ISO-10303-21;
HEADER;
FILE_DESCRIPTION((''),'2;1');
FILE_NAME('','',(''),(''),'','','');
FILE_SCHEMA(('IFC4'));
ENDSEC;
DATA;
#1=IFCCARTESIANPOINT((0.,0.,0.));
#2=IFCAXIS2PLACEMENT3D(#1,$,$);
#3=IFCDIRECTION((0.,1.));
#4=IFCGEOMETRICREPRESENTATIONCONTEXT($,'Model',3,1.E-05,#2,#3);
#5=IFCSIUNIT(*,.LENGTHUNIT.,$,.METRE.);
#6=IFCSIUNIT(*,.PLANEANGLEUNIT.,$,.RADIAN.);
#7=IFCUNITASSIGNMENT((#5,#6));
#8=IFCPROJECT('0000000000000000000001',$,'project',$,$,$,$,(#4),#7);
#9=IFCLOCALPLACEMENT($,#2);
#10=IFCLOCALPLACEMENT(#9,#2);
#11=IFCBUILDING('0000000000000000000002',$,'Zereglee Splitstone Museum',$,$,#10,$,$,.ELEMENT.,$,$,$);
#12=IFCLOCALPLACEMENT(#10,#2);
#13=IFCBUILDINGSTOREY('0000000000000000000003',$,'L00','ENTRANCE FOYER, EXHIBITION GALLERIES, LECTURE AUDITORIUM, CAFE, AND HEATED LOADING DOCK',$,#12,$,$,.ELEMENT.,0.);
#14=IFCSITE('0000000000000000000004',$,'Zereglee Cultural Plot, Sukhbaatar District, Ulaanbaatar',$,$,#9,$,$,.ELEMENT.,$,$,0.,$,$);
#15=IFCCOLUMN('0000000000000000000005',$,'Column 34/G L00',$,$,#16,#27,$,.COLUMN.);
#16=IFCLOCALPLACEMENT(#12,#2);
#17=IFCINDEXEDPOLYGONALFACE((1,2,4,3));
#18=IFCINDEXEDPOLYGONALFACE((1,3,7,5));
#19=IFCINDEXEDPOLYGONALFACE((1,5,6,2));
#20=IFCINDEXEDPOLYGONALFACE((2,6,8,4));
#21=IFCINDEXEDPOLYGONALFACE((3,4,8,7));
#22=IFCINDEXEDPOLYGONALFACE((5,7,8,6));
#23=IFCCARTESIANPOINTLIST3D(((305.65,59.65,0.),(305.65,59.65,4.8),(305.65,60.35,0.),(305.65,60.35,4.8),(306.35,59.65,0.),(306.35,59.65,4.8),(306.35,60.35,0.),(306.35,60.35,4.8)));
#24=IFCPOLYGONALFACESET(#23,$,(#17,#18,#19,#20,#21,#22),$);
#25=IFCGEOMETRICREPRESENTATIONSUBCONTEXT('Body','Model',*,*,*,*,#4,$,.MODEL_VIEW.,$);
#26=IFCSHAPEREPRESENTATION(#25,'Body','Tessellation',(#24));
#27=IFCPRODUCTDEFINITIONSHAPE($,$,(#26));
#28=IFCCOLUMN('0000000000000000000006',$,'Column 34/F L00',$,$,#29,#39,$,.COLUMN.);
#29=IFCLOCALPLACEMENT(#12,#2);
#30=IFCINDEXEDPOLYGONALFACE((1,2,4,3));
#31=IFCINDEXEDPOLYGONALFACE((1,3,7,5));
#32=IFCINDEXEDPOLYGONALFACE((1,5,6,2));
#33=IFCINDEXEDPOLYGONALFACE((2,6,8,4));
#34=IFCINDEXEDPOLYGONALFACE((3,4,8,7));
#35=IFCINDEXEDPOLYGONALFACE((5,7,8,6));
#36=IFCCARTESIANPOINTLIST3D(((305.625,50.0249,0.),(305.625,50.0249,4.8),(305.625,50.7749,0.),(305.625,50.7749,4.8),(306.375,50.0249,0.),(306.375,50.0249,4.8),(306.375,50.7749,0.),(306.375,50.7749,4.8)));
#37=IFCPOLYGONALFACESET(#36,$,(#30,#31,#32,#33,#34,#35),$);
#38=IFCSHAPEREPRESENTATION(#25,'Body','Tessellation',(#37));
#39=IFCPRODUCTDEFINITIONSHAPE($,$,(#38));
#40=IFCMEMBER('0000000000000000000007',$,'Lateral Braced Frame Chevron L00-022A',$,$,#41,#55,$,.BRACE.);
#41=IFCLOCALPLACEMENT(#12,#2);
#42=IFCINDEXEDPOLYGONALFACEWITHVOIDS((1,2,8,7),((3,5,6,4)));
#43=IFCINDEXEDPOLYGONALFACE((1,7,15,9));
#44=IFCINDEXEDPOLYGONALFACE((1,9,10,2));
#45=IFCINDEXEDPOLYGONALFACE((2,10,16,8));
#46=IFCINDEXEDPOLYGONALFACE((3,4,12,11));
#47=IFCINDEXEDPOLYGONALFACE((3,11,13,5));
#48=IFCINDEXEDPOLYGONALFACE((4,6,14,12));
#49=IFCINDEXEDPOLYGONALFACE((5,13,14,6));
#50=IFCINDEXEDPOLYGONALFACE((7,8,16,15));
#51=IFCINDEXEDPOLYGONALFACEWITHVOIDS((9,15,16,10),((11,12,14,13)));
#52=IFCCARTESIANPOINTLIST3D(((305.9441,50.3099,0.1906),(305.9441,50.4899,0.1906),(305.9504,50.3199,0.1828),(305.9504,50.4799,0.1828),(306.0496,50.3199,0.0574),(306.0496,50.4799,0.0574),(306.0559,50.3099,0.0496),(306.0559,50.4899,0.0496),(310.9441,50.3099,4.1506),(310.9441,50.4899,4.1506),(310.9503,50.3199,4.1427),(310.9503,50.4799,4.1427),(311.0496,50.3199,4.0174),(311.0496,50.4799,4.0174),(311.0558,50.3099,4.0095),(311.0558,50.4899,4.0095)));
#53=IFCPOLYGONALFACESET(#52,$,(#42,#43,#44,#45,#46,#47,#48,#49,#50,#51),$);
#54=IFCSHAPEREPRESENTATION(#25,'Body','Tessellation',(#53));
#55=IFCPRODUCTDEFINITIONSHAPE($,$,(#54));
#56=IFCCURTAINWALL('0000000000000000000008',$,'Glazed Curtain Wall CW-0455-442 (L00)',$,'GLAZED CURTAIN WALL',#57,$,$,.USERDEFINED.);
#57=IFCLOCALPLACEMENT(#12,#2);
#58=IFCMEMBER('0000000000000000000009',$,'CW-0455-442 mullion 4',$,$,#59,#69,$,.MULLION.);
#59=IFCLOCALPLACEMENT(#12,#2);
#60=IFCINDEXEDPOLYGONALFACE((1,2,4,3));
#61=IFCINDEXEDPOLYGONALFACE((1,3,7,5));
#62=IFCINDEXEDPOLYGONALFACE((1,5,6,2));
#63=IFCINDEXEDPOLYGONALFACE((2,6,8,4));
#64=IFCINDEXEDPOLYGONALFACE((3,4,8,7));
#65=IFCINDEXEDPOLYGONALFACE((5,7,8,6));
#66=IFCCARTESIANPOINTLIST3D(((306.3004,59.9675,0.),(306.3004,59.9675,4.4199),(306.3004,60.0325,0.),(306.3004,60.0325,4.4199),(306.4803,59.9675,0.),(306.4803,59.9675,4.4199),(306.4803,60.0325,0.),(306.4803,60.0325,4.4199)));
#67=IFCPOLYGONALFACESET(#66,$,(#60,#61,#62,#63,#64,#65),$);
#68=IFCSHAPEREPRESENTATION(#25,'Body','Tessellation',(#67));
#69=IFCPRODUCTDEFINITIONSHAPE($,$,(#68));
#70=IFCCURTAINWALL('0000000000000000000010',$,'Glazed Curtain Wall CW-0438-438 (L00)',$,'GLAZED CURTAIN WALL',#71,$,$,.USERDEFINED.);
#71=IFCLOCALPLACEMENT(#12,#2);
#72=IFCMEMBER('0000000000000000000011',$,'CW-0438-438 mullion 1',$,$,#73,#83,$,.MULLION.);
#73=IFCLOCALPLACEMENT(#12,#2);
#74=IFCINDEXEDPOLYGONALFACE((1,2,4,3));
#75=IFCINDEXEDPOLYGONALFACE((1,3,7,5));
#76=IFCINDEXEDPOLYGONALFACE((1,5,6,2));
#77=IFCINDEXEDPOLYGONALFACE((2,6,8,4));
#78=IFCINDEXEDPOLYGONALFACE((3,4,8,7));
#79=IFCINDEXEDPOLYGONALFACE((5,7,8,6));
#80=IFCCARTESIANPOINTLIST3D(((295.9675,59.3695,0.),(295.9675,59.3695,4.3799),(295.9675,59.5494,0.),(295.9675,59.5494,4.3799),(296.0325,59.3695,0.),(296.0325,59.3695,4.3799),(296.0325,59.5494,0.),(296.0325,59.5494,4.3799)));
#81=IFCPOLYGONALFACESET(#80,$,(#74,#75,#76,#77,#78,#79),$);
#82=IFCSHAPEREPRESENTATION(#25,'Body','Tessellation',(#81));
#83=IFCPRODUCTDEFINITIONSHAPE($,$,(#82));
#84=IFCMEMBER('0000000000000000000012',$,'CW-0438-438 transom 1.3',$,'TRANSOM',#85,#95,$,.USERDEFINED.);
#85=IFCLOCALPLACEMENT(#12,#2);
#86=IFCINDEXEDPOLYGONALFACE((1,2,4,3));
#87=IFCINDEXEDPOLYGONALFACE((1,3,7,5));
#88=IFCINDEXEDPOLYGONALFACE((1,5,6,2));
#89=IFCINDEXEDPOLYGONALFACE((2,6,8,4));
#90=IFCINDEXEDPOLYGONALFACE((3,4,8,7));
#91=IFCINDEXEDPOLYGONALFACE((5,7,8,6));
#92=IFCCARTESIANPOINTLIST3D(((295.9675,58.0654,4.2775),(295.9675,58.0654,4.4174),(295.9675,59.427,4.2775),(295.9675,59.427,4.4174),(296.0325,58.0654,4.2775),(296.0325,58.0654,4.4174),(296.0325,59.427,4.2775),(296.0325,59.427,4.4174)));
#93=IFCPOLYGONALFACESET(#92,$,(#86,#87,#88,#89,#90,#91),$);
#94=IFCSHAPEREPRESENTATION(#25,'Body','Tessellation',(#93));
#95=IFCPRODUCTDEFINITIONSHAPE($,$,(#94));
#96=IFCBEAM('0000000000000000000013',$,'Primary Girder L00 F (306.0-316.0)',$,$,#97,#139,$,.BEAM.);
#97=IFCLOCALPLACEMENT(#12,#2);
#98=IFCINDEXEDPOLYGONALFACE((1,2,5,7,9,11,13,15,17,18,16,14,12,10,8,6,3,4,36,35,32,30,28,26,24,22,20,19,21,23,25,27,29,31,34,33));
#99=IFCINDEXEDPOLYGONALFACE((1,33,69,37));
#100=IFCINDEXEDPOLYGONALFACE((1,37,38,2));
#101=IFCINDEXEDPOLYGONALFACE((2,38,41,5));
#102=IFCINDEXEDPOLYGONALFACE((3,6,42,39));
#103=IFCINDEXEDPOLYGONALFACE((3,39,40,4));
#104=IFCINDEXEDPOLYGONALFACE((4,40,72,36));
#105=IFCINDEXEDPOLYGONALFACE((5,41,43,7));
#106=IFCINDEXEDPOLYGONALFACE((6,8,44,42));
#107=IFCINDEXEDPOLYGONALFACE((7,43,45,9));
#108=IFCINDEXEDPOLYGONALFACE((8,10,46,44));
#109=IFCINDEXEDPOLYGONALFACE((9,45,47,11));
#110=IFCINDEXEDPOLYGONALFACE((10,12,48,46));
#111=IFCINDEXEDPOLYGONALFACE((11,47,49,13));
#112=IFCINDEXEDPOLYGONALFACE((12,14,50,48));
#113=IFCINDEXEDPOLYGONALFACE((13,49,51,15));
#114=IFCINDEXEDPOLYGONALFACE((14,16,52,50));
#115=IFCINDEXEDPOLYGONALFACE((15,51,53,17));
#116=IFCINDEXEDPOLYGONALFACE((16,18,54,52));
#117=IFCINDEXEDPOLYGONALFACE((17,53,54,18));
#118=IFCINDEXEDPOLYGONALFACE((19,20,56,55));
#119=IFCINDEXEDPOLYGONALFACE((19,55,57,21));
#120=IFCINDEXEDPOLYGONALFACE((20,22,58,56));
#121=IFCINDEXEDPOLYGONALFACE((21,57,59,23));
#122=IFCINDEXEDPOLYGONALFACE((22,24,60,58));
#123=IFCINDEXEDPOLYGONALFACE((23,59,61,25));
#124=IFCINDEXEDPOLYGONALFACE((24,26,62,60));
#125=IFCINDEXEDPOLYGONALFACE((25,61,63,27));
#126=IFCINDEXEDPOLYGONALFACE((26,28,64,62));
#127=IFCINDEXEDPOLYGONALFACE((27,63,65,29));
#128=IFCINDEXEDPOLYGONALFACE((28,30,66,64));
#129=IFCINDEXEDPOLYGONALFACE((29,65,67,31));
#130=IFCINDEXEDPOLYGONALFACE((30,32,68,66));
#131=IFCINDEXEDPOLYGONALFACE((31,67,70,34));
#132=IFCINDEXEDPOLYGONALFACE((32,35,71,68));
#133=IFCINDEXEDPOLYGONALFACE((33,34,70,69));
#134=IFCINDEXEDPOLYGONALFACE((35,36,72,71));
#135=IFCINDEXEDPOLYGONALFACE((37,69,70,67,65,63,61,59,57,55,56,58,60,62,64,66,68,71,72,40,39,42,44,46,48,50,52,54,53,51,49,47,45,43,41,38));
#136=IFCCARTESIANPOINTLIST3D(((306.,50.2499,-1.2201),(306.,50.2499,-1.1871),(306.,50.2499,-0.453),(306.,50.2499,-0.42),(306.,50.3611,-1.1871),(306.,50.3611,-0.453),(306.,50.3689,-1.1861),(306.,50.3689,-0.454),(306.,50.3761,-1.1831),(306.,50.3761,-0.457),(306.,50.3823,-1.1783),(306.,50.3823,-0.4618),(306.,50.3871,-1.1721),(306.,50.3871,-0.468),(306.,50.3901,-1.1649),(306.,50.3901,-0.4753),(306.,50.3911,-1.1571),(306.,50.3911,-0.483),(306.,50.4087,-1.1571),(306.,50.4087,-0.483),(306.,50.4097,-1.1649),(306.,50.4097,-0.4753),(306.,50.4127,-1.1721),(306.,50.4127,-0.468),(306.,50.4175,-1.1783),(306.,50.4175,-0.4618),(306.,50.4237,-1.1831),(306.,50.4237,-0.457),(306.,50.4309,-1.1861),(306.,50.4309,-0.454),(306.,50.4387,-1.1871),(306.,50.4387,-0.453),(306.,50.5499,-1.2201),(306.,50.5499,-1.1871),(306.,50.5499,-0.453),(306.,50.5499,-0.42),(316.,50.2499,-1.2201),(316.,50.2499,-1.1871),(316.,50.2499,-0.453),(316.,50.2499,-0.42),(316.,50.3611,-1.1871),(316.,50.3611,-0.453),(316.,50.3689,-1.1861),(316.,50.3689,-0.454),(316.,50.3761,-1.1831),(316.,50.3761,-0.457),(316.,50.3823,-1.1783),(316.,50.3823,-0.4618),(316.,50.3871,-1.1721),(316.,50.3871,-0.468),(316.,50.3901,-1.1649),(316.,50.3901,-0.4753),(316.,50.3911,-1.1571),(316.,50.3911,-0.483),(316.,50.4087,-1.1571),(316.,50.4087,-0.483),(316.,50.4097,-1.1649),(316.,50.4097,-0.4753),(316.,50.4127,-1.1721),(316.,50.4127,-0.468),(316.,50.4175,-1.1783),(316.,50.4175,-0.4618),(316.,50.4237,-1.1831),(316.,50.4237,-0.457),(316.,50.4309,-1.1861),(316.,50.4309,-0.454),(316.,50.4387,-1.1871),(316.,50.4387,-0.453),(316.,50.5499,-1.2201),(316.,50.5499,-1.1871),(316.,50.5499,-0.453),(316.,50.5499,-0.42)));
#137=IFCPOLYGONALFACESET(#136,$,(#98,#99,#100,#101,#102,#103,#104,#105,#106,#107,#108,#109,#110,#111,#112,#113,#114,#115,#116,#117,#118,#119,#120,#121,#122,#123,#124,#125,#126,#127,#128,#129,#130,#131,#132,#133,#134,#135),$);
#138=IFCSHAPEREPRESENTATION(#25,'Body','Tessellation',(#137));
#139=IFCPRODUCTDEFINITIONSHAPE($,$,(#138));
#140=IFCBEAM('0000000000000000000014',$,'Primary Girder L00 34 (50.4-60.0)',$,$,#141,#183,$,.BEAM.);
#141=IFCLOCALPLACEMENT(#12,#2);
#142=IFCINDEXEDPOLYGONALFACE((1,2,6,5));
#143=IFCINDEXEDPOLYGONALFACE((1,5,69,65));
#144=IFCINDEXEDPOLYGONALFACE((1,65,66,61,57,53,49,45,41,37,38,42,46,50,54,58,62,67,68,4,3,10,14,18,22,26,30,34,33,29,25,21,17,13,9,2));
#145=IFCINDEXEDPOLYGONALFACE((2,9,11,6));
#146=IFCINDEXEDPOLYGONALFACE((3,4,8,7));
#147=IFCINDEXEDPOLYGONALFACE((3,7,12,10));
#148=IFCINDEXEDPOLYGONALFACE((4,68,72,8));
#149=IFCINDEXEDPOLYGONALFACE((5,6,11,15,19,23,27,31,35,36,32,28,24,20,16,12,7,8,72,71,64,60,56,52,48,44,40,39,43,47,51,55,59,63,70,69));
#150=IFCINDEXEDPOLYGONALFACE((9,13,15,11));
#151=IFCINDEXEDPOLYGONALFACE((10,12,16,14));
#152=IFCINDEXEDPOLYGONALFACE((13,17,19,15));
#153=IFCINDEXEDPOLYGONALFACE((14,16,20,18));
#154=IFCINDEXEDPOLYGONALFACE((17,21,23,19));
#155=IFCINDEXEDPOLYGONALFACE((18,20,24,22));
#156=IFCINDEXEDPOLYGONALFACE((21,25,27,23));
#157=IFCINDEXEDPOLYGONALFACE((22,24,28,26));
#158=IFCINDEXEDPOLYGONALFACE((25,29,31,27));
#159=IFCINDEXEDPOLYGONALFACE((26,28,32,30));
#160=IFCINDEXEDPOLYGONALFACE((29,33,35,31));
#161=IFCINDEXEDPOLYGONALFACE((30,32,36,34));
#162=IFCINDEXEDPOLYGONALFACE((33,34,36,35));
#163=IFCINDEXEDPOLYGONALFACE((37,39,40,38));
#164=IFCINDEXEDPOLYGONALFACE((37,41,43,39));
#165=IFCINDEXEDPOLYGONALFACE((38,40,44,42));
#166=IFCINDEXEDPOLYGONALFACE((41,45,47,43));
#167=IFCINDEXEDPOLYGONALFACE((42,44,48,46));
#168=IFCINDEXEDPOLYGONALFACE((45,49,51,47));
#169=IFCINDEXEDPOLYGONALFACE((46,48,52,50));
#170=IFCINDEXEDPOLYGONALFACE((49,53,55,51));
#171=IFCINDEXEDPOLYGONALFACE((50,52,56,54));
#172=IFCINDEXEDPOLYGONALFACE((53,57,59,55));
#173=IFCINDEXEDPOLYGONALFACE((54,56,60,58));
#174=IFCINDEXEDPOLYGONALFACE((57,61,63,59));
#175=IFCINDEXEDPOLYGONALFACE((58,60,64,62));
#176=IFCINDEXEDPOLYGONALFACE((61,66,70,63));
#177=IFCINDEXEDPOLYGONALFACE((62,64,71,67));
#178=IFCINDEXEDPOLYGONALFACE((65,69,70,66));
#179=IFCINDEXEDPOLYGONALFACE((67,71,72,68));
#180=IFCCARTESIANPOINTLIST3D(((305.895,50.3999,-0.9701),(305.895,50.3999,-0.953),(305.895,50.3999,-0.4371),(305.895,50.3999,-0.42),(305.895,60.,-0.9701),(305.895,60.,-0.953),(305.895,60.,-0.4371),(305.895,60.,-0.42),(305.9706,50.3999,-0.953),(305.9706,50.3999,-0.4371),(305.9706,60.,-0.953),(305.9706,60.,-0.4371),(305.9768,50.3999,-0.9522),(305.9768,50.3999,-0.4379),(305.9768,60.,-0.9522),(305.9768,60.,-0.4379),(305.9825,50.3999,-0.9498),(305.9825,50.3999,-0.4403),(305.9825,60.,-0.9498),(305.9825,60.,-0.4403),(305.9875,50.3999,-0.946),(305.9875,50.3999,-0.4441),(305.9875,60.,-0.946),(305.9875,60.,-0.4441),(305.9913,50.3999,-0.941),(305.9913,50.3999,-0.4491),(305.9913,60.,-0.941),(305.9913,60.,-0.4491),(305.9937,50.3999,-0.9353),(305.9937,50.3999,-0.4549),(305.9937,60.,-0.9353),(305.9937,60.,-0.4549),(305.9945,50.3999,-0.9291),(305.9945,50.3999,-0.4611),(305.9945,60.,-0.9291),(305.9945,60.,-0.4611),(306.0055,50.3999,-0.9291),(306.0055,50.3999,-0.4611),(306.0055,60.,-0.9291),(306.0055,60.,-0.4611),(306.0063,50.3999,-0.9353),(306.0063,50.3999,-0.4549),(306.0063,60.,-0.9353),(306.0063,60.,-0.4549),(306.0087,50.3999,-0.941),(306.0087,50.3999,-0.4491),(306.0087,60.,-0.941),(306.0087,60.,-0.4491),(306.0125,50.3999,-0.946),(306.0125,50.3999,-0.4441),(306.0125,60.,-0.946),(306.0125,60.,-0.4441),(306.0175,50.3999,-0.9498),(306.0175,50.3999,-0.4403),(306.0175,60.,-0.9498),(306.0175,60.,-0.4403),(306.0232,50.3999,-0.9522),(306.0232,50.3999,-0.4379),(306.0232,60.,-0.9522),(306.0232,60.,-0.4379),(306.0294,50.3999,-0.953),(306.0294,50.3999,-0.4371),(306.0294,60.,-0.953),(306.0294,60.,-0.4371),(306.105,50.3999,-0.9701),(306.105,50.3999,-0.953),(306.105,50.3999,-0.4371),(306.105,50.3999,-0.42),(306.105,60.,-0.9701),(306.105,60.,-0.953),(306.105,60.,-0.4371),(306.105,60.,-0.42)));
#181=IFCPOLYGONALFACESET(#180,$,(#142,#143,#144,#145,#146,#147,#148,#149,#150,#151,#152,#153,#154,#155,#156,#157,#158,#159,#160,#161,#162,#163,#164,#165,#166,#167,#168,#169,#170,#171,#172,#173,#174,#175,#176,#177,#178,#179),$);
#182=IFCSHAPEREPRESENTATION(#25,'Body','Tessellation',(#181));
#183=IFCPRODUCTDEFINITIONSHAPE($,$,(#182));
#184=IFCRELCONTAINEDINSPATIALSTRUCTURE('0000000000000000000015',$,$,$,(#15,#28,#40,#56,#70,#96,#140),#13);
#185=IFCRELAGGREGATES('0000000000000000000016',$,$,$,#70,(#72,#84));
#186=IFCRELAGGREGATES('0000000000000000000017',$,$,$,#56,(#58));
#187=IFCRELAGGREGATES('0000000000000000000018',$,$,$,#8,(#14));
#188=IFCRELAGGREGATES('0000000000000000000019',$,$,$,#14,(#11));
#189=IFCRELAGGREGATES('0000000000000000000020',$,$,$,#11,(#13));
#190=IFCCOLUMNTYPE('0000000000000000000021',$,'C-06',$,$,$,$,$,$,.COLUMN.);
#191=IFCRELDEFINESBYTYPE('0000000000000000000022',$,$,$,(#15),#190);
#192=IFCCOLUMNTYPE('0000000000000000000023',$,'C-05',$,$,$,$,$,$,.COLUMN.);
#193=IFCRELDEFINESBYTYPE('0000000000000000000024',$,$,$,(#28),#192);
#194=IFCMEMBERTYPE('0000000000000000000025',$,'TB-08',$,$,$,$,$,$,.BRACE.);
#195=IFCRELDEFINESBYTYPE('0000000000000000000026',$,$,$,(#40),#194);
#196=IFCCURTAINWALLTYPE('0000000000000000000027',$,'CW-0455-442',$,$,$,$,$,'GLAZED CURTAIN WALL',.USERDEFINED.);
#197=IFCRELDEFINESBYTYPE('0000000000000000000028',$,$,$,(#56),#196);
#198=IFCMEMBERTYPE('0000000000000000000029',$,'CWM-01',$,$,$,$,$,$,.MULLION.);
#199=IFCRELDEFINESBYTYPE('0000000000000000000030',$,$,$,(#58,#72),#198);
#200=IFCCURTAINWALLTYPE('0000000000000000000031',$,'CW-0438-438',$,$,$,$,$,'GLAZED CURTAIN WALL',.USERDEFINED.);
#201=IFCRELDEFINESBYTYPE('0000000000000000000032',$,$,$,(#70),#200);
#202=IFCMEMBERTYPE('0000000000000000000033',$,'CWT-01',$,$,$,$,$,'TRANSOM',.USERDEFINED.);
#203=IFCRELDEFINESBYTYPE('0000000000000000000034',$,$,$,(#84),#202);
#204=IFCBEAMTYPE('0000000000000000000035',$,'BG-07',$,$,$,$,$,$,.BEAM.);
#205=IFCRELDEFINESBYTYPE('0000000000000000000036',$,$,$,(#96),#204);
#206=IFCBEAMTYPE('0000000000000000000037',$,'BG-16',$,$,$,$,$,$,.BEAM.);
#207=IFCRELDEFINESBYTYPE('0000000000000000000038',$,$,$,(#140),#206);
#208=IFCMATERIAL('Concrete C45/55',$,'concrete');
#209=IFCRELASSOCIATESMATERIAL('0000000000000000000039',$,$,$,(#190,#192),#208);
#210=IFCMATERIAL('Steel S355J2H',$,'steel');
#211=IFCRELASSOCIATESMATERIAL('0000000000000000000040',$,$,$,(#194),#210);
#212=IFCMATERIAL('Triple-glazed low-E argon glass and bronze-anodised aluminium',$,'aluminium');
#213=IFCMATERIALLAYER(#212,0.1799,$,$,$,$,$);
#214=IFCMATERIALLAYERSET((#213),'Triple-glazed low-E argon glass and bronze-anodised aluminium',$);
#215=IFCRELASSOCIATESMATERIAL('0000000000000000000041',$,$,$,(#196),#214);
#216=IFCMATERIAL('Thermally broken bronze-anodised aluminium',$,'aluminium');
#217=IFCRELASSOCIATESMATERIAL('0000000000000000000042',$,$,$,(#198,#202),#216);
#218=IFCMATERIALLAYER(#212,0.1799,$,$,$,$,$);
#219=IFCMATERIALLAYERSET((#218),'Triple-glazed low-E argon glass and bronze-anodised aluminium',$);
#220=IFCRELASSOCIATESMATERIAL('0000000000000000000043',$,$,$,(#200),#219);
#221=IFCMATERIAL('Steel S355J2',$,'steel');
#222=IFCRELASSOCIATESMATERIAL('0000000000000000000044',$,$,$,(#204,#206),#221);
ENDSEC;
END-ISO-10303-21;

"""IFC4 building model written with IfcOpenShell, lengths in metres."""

from ifc_helpers import new_model, si_unit, direction, frame, origin, origin_2d, place, context, subcontext, project, spatial, rectangle, hollow_rectangle, i_section, extrude, material, layer, layer_set, material_profile, profile_set, type_object, element, aggregate, save


model = new_model("IFC4")

# Units and contexts
model_context = context("Model", 3, precision=1e-05, world=origin(), true_north=direction((0.0, 1.0)))
body_context = subcontext(model_context, "Body", "Model", "MODEL_VIEW")
ifc_project = project(units=[si_unit("LENGTHUNIT", "METRE"), si_unit("PLANEANGLEUNIT", "RADIAN")], contexts=[model_context])

# Site, building, storey
site_placement = place(None, origin())
site = spatial("IfcSite", under=ifc_project, at=site_placement, Name="Zereglee Cultural Plot, Sukhbaatar District, Ulaanbaatar", CompositionType="ELEMENT", RefElevation=0.0)
building_placement = place(site_placement, origin())
building = spatial("IfcBuilding", under=site, at=building_placement, Name="Zereglee Splitstone Museum", CompositionType="ELEMENT")
storey_placement = place(building_placement, origin())
storey = spatial("IfcBuildingStorey", under=building, at=storey_placement, Name="L00", Description="ENTRANCE FOYER, EXHIBITION GALLERIES, LECTURE AUDITORIUM, CAFE, AND HEATED LOADING DOCK", CompositionType="ELEMENT", Elevation=0.0)

# Columns
ifc_material_1 = material(Name="Concrete C45/55", Category="concrete")
ifc_material_profile_1 = material_profile(ifc_material_1, rectangle(XDim=0.7, YDim=0.7, at=origin_2d()), Name="RC 700x700")
ifc_profile_set_1 = profile_set([ifc_material_profile_1], Name="Concrete C45/55")
column_type_1 = type_object("IfcColumnType", Name="C-06", PredefinedType="COLUMN", material=ifc_profile_set_1)
column_1_placement = place(storey_placement, frame((306.0, 60.0, 0.0), z_axis=(0.0, 0.0, 1.0), x_axis=(1.0, 0.0, 0.0)))
element("IfcColumn", 1, at=column_1_placement, inside=storey, type_object=column_type_1, Name="Column 34/G L00", PredefinedType="COLUMN", context=body_context, shape_type="SweptSolid", body=[
    extrude(rectangle(XDim=0.7, YDim=0.7, at=origin_2d()), origin(), (0.0, 0.0, 1.0), 4.8),
])
ifc_material_profile_2 = material_profile(ifc_material_1, rectangle(XDim=0.75, YDim=0.75, at=origin_2d()), Name="RC 750x750")
ifc_profile_set_2 = profile_set([ifc_material_profile_2], Name="Concrete C45/55")
column_type_2 = type_object("IfcColumnType", Name="C-05", PredefinedType="COLUMN", material=ifc_profile_set_2)
column_2_placement = place(storey_placement, frame((306.0, 50.3999, 0.0), z_axis=(0.0, 0.0, 1.0), x_axis=(1.0, 0.0, 0.0)))
element("IfcColumn", 2, at=column_2_placement, inside=storey, type_object=column_type_2, Name="Column 34/F L00", PredefinedType="COLUMN", context=body_context, shape_type="SweptSolid", body=[
    extrude(rectangle(XDim=0.75, YDim=0.75, at=origin_2d()), origin(), (0.0, 0.0, 1.0), 4.8),
])

# Member
ifc_material_2 = material(Name="Steel S355J2H", Category="steel")
ifc_material_profile_3 = material_profile(ifc_material_2, hollow_rectangle(XDim=0.1799, YDim=0.1799, WallThickness=0.01, at=origin_2d()), Name="SHS 180x180x10")
ifc_profile_set_3 = profile_set([ifc_material_profile_3], Name="Steel S355J2H")
member_type_1 = type_object("IfcMemberType", Name="TB-08", PredefinedType="BRACE", material=ifc_profile_set_3)
member_1_placement = place(storey_placement, frame((306.0, 50.3999, 0.1201), z_axis=(0.783922, 0.0, 0.62086), x_axis=(0.0, 1.0, 0.0)))
element("IfcMember", 3, at=member_1_placement, inside=storey, type_object=member_type_1, Name="Lateral Braced Frame Chevron L00-022A", PredefinedType="BRACE", context=body_context, shape_type="SweptSolid", body=[
    extrude(hollow_rectangle(XDim=0.1799, YDim=0.1799, WallThickness=0.01, at=origin_2d()), origin(), (0.0, 0.0, 1.0), 6.3782),
])

# Curtain wall, member
ifc_material_3 = material(Name="Triple-glazed low-E argon glass and bronze-anodised aluminium", Category="aluminium")
ifc_layer_1 = layer(ifc_material_3, 0.1799)
ifc_layer_set_1 = layer_set([ifc_layer_1], Name="Triple-glazed low-E argon glass and bronze-anodised aluminium")
curtain_wall_type_1 = type_object("IfcCurtainWallType", Name="CW-0455-442", ElementType="GLAZED CURTAIN WALL", PredefinedType="USERDEFINED", material=ifc_layer_set_1)
curtain_wall_1_placement = place(storey_placement, origin())
curtain_wall_1 = element("IfcCurtainWall", 4, at=curtain_wall_1_placement, inside=storey, type_object=curtain_wall_type_1, Name="Glazed Curtain Wall CW-0455-442 (L00)", ObjectType="GLAZED CURTAIN WALL", PredefinedType="USERDEFINED")
ifc_material_4 = material(Name="Thermally broken bronze-anodised aluminium", Category="aluminium")
ifc_material_profile_4 = material_profile(ifc_material_4, rectangle(XDim=0.0649, YDim=0.1799, at=origin_2d()), Name="CW MULL 65x180")
ifc_profile_set_4 = profile_set([ifc_material_profile_4], Name="Thermally broken bronze-anodised aluminium")
member_type_2 = type_object("IfcMemberType", Name="CWM-01", PredefinedType="MULLION", material=ifc_profile_set_4)
member_2_placement = place(storey_placement, frame((306.3904, 60.0, 0.0), z_axis=(0.0, 0.0, 1.0), x_axis=(0.0, -1.0, 0.0)))
member_2 = element("IfcMember", 5, at=member_2_placement, type_object=member_type_2, Name="CW-0455-442 mullion 4", PredefinedType="MULLION", context=body_context, shape_type="SweptSolid", body=[
    extrude(rectangle(XDim=0.0649, YDim=0.1799, at=origin_2d()), origin(), (0.0, 0.0, 1.0), 4.4199),
])

# Curtain wall, members
ifc_layer_2 = layer(ifc_material_3, 0.1799)
ifc_layer_set_2 = layer_set([ifc_layer_2], Name="Triple-glazed low-E argon glass and bronze-anodised aluminium")
curtain_wall_type_2 = type_object("IfcCurtainWallType", Name="CW-0438-438", ElementType="GLAZED CURTAIN WALL", PredefinedType="USERDEFINED", material=ifc_layer_set_2)
curtain_wall_2_placement = place(storey_placement, origin())
curtain_wall_2 = element("IfcCurtainWall", 6, at=curtain_wall_2_placement, inside=storey, type_object=curtain_wall_type_2, Name="Glazed Curtain Wall CW-0438-438 (L00)", ObjectType="GLAZED CURTAIN WALL", PredefinedType="USERDEFINED")
member_3_placement = place(storey_placement, frame((296.0, 59.4595, 0.0), z_axis=(0.0, 0.0, 1.0), x_axis=(1.0, 0.0, 0.0)))
member_3 = element("IfcMember", 7, at=member_3_placement, type_object=member_type_2, Name="CW-0438-438 mullion 1", PredefinedType="MULLION", context=body_context, shape_type="SweptSolid", body=[
    extrude(rectangle(XDim=0.0649, YDim=0.1799, at=origin_2d()), origin(), (0.0, 0.0, 1.0), 4.3799),
])
ifc_material_profile_5 = material_profile(ifc_material_4, rectangle(XDim=0.0649, YDim=0.1399, at=origin_2d()), Name="CW TRAN 65x140")
ifc_profile_set_5 = profile_set([ifc_material_profile_5], Name="Thermally broken bronze-anodised aluminium")
member_type_3 = type_object("IfcMemberType", Name="CWT-01", ElementType="TRANSOM", PredefinedType="USERDEFINED", material=ifc_profile_set_5)
member_4_placement = place(storey_placement, frame((296.0, 59.427, 4.3474), z_axis=(0.0, -1.0, 0.0), x_axis=(1.0, 0.0, 0.0)))
member_4 = element("IfcMember", 8, at=member_4_placement, type_object=member_type_3, Name="CW-0438-438 transom 1.3", ObjectType="TRANSOM", PredefinedType="USERDEFINED", context=body_context, shape_type="SweptSolid", body=[
    extrude(rectangle(XDim=0.0649, YDim=0.1399, at=origin_2d()), origin(), (0.0, 0.0, 1.0), 1.3616),
])
aggregate(curtain_wall_2, [member_3, member_4])

# Beams
ifc_material_5 = material(Name="Steel S355J2", Category="steel")
ifc_material_profile_6 = material_profile(ifc_material_5, i_section(OverallWidth=0.3, OverallDepth=0.8, WebThickness=0.0176, FlangeThickness=0.033, FilletRadius=0.03, at=origin_2d()), Name="HE 800 B")
ifc_profile_set_6 = profile_set([ifc_material_profile_6], Name="Steel S355J2")
beam_type_1 = type_object("IfcBeamType", Name="BG-07", PredefinedType="BEAM", material=ifc_profile_set_6)
beam_1_placement = place(storey_placement, frame((306.0, 50.3999, -0.8201), z_axis=(1.0, 0.0, 0.0), x_axis=(0.0, 1.0, 0.0)))
element("IfcBeam", 9, at=beam_1_placement, inside=storey, type_object=beam_type_1, Name="Primary Girder L00 F (306.0-316.0)", PredefinedType="BEAM", context=body_context, shape_type="SweptSolid", body=[
    extrude(i_section(OverallWidth=0.3, OverallDepth=0.8, WebThickness=0.0176, FlangeThickness=0.033, FilletRadius=0.03, at=origin_2d()), origin(), (0.0, 0.0, 1.0), 10.0),
])
ifc_material_profile_7 = material_profile(ifc_material_5, i_section(OverallWidth=0.21, OverallDepth=0.55, WebThickness=0.011, FlangeThickness=0.0171, FilletRadius=0.0239, at=origin_2d()), Name="IPE 550")
ifc_profile_set_7 = profile_set([ifc_material_profile_7], Name="Steel S355J2")
beam_type_2 = type_object("IfcBeamType", Name="BG-16", PredefinedType="BEAM", material=ifc_profile_set_7)
beam_2_placement = place(storey_placement, frame((306.0, 50.3999, -0.6951), z_axis=(0.0, 1.0, 0.0), x_axis=(-1.0, 0.0, 0.0)))
element("IfcBeam", 10, at=beam_2_placement, inside=storey, type_object=beam_type_2, Name="Primary Girder L00 34 (50.4-60.0)", PredefinedType="BEAM", context=body_context, shape_type="SweptSolid", body=[
    extrude(i_section(OverallWidth=0.21, OverallDepth=0.55, WebThickness=0.011, FlangeThickness=0.0171, FilletRadius=0.0239, at=origin_2d()), origin(), (0.0, 0.0, 1.0), 9.6001),
])

aggregate(curtain_wall_1, [member_2])

save(model, "model.ifc")
